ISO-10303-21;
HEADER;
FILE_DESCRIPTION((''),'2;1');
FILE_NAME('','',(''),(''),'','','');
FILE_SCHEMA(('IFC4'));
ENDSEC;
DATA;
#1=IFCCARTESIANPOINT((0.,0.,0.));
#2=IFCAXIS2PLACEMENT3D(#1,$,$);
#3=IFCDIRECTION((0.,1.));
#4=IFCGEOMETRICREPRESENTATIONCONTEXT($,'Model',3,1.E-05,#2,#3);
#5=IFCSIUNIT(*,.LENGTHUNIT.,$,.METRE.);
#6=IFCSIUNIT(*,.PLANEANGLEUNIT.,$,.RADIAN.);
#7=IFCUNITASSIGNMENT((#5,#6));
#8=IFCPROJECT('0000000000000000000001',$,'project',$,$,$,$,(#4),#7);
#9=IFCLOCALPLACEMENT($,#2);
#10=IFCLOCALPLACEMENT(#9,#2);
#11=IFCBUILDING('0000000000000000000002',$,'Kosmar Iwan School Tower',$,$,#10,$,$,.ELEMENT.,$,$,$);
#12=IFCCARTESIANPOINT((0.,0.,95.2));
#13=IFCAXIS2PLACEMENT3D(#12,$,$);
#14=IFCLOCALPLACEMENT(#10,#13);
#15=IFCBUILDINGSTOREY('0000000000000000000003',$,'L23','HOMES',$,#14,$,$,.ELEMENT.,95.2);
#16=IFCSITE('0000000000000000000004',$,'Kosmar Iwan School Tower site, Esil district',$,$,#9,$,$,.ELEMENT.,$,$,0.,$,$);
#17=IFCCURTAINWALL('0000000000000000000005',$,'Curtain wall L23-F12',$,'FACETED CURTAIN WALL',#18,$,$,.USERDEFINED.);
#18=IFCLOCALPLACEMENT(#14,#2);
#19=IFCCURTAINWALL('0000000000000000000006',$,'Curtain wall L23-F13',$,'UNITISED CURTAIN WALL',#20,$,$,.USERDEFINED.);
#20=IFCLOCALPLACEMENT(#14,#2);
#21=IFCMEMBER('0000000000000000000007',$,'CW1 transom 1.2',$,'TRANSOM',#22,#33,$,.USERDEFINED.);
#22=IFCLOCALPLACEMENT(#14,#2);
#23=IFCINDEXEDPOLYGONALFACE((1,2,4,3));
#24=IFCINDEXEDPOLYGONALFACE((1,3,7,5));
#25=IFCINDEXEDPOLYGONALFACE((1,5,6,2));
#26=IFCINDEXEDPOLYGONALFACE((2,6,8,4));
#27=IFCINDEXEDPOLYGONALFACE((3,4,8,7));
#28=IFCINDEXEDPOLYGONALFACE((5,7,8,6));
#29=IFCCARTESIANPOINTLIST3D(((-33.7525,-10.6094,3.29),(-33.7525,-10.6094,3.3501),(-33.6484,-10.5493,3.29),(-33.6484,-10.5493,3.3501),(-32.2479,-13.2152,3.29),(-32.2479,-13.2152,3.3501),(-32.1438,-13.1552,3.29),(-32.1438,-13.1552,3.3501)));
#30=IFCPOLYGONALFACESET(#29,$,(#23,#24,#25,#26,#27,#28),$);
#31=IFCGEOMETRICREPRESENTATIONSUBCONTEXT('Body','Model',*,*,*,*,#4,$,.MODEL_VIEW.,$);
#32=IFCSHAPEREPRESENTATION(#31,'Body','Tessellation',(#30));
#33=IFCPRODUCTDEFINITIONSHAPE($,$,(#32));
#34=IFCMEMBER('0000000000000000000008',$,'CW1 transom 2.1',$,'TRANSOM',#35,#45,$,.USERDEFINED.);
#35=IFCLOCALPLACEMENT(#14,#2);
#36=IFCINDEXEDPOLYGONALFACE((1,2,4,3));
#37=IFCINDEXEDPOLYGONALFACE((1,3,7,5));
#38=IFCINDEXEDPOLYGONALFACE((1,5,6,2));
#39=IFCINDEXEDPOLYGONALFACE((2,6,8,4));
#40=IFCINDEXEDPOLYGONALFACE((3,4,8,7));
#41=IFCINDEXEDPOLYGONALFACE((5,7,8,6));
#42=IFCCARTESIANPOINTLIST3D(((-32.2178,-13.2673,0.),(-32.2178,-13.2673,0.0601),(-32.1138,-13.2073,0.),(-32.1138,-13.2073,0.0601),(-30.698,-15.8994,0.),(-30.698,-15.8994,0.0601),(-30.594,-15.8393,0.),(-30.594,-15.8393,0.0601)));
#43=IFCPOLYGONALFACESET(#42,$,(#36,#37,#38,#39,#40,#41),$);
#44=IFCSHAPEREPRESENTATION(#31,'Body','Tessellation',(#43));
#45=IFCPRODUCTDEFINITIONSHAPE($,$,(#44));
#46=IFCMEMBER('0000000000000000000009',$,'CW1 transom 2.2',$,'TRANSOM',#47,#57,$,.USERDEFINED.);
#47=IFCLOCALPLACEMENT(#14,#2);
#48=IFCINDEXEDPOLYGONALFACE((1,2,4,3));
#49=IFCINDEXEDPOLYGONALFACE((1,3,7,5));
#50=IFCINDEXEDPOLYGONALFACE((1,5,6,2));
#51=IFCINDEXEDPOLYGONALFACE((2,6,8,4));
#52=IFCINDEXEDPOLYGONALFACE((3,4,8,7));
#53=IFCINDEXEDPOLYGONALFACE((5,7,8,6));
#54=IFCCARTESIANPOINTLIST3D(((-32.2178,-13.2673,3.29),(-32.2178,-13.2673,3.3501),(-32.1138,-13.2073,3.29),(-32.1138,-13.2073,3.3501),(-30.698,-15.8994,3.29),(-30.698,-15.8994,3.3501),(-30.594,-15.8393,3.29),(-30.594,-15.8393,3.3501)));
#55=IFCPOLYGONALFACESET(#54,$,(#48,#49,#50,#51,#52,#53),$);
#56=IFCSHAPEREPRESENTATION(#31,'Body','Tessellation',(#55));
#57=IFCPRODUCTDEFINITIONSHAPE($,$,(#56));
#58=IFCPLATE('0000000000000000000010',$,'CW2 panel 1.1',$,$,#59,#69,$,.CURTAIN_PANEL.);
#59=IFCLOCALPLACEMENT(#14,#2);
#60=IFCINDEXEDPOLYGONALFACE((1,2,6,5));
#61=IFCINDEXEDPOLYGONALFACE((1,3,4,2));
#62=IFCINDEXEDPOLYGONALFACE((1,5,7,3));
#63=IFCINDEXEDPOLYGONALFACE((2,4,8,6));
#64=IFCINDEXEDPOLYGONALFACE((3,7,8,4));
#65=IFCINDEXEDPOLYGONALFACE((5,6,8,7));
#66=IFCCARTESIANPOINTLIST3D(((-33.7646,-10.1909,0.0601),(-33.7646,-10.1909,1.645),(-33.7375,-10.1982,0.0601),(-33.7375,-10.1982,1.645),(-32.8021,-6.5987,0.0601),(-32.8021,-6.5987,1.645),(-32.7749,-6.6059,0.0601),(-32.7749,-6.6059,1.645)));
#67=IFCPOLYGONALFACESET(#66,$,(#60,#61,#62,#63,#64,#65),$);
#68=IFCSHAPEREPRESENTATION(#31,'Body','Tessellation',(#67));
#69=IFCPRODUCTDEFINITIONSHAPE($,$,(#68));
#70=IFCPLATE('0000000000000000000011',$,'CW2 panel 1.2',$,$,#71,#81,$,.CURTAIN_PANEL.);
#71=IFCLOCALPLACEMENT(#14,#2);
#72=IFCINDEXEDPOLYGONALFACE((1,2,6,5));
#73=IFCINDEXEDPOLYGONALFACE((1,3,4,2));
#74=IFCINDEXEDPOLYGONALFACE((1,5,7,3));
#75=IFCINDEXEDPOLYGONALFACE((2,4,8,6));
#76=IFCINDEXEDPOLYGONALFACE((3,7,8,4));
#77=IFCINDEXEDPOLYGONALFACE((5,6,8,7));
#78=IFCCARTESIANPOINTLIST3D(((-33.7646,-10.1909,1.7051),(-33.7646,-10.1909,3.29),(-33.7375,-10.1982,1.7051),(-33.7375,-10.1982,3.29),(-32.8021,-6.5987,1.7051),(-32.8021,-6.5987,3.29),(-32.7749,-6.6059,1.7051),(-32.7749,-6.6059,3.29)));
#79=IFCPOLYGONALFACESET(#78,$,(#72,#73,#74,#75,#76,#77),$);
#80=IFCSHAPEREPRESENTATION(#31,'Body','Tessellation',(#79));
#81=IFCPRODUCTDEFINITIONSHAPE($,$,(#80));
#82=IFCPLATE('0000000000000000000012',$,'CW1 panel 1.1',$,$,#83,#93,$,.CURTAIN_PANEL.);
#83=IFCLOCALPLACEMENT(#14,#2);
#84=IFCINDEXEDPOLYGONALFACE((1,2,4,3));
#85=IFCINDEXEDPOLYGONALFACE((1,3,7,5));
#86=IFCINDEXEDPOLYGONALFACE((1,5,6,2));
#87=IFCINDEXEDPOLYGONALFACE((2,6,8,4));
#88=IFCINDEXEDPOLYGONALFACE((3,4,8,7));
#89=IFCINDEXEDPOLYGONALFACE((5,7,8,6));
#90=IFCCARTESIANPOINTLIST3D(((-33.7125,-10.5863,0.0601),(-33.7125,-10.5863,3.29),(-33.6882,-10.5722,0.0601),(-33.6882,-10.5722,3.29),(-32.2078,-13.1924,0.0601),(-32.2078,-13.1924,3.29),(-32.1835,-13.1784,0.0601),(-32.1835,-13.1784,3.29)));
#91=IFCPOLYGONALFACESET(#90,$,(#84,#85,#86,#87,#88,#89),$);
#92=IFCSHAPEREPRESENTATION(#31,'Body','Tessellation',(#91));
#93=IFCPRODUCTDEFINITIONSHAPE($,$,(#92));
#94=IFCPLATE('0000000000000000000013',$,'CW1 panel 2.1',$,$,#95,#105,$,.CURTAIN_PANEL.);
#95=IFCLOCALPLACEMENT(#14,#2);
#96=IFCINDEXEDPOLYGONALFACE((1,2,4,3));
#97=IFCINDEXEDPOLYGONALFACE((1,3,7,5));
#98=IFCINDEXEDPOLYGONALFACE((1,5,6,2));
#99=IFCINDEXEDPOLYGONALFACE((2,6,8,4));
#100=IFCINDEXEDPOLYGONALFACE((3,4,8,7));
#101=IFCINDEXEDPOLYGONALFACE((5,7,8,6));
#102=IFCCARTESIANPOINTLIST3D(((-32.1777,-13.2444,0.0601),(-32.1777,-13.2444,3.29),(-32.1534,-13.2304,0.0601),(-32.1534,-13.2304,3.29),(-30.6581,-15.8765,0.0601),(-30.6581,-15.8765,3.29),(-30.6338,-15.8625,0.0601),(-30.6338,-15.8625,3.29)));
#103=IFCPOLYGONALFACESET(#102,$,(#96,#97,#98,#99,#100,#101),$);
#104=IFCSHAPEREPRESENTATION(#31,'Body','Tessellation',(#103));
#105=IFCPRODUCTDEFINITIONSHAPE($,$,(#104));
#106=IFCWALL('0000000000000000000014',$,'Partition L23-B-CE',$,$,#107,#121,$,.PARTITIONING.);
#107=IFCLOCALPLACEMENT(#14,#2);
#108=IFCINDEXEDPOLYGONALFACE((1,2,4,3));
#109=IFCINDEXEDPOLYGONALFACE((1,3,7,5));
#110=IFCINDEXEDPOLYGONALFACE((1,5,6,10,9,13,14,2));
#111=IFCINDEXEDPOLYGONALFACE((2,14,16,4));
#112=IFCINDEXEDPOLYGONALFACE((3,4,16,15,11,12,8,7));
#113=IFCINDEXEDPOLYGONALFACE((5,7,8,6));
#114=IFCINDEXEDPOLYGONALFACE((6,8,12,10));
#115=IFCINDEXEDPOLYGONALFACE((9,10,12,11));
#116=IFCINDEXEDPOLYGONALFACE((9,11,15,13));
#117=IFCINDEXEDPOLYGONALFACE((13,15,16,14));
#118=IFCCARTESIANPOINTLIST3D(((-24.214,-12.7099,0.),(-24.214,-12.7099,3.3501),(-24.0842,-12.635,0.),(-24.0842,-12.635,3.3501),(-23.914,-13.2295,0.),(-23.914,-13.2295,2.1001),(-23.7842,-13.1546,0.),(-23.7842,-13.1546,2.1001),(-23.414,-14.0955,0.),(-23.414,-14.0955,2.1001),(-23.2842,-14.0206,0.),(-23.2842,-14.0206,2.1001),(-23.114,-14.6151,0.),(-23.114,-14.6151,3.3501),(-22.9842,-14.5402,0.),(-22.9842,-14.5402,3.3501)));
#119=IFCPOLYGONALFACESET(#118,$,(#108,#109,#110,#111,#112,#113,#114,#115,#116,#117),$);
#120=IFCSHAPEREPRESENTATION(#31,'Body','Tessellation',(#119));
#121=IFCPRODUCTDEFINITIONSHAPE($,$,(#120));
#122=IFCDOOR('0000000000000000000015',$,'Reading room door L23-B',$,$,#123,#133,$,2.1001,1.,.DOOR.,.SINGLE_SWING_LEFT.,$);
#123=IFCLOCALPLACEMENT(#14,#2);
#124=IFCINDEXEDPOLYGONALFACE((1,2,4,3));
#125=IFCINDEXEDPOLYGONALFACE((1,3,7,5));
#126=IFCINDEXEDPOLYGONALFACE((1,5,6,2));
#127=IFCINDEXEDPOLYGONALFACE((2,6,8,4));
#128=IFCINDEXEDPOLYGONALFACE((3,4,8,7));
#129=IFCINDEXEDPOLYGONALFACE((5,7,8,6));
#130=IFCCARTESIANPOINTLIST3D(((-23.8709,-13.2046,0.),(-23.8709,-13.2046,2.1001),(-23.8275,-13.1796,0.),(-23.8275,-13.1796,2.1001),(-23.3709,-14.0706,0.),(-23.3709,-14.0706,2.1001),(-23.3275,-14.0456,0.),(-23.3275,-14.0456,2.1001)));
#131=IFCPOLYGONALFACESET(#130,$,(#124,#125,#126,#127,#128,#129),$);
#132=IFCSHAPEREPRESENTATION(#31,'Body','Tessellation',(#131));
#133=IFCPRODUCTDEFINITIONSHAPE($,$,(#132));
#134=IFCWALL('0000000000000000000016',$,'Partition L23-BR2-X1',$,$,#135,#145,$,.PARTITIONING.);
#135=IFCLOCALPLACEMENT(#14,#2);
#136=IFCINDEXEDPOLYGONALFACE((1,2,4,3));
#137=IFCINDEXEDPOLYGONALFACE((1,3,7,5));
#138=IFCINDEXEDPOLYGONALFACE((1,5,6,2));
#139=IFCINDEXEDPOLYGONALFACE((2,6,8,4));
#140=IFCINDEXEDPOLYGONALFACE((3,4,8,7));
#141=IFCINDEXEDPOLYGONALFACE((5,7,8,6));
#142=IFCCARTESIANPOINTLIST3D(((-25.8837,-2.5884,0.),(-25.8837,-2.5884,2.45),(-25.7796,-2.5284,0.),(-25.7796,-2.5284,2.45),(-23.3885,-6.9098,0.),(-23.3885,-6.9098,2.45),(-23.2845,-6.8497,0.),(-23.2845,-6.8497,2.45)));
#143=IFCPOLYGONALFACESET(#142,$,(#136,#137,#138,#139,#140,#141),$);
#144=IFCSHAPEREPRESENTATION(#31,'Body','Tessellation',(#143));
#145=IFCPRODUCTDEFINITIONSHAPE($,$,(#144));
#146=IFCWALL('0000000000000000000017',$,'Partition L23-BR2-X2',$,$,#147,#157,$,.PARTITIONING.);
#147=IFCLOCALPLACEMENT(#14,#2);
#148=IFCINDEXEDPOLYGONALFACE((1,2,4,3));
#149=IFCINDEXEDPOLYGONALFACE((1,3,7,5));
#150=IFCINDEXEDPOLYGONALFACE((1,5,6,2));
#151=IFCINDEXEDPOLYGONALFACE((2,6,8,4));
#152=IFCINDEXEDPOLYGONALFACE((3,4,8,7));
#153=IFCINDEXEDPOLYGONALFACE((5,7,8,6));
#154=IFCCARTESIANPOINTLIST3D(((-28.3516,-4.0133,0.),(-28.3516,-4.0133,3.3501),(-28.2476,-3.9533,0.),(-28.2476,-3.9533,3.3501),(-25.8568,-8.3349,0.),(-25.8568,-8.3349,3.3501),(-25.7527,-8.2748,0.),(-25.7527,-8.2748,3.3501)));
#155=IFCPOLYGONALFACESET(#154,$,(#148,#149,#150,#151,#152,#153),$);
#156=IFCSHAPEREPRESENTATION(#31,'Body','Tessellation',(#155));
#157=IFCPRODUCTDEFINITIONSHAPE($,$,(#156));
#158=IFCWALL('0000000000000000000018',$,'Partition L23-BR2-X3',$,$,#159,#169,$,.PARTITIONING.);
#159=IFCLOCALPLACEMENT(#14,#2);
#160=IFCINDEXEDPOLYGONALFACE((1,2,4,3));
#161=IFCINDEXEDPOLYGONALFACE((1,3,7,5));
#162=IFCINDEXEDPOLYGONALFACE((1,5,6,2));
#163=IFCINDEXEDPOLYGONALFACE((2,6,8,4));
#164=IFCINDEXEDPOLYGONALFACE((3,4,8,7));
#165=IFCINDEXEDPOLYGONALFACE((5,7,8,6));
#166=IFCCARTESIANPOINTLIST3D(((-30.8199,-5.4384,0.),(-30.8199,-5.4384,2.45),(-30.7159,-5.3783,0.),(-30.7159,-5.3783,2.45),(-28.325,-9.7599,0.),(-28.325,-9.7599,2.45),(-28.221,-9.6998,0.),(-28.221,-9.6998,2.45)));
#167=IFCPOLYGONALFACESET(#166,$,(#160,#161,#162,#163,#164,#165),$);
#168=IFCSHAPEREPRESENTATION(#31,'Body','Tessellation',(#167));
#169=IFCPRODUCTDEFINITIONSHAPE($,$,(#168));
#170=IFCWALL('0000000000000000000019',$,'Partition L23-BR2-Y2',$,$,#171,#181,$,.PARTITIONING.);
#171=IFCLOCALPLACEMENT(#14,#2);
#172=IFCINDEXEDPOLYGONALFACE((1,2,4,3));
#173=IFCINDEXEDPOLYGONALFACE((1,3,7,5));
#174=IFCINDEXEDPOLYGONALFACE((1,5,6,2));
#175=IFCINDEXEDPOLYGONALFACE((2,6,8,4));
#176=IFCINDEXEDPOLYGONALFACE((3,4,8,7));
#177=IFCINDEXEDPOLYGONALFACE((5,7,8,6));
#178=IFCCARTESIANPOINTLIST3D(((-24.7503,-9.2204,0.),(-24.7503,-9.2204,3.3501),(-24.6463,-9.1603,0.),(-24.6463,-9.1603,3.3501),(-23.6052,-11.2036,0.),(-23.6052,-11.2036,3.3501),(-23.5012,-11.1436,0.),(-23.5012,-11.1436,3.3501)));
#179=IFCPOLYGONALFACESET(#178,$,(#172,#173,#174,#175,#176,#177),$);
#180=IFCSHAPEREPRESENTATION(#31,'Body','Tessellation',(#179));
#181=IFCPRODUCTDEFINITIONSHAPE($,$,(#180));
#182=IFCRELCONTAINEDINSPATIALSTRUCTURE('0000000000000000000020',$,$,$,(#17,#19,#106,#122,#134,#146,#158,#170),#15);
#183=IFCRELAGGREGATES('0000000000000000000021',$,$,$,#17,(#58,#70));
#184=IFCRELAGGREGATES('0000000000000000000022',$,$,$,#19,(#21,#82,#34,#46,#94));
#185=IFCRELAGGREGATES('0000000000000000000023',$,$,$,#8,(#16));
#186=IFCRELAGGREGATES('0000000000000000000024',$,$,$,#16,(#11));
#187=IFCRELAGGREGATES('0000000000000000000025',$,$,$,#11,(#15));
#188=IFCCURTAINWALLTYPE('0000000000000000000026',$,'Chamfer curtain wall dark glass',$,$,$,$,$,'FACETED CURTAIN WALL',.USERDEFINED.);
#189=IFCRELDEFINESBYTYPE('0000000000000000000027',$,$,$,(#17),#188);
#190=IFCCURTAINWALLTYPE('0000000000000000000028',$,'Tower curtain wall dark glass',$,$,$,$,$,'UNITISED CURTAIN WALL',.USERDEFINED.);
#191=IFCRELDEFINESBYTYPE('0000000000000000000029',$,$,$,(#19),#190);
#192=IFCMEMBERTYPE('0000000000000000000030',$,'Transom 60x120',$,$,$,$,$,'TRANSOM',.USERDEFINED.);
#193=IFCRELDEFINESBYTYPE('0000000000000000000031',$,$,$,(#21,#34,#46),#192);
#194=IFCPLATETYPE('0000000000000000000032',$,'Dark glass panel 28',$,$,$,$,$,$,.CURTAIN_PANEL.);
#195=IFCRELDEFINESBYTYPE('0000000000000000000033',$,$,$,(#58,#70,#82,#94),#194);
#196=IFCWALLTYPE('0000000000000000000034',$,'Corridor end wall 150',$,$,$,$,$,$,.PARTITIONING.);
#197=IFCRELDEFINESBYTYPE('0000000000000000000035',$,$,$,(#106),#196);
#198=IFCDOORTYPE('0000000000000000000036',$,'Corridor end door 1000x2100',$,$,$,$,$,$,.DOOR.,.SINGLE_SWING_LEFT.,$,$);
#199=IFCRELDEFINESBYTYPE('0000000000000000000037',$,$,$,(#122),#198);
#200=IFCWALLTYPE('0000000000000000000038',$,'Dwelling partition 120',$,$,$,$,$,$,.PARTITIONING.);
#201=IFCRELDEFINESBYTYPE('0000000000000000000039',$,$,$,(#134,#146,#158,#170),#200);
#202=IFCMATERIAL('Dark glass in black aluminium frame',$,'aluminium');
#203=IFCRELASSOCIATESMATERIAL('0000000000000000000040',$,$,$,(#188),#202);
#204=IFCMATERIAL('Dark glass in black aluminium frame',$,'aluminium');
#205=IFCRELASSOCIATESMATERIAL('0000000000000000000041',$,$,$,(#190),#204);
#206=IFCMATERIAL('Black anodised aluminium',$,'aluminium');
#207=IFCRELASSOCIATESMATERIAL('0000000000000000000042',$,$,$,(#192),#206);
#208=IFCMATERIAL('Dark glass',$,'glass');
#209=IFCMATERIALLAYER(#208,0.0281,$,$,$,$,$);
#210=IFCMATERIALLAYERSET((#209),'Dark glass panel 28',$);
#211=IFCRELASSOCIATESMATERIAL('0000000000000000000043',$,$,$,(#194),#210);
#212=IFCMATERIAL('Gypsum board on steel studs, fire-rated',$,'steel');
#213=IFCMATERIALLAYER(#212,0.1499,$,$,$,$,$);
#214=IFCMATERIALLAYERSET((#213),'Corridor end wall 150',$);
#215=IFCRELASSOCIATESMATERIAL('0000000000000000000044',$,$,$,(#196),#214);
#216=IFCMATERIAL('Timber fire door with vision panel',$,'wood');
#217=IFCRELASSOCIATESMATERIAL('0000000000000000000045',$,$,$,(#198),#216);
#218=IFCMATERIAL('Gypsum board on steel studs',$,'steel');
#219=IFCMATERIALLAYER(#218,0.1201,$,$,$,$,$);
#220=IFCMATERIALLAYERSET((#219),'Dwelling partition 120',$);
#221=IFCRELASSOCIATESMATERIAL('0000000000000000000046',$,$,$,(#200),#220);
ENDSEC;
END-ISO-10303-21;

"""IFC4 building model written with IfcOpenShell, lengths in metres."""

from ifc_helpers import new_model, si_unit, direction, frame, frame_2d, origin, origin_2d, place, context, subcontext, project, spatial, rectangle, extrude, material, layer, layer_set, material_profile, profile_set, type_object, element, fill, aggregate, save


model = new_model("IFC4")

# Units and contexts
model_context = context("Model", 3, precision=1e-05, world=origin(), true_north=direction((0.0, 1.0)))
body_context = subcontext(model_context, "Body", "Model", "MODEL_VIEW")
ifc_project = project(units=[si_unit("LENGTHUNIT", "METRE"), si_unit("PLANEANGLEUNIT", "RADIAN")], contexts=[model_context])

# Site, building, storey
site_placement = place(None, origin())
site = spatial("IfcSite", under=ifc_project, at=site_placement, Name="Kosmar Iwan School Tower site, Esil district", CompositionType="ELEMENT", RefElevation=0.0)
building_placement = place(site_placement, origin())
building = spatial("IfcBuilding", under=site, at=building_placement, Name="Kosmar Iwan School Tower", CompositionType="ELEMENT")
storey_placement = place(building_placement, frame((0.0, 0.0, 95.2)))
storey = spatial("IfcBuildingStorey", under=building, at=storey_placement, Name="L23", Description="HOMES", CompositionType="ELEMENT", Elevation=95.2)

# Curtain walls
ifc_material_1 = material(Name="Dark glass in black aluminium frame", Category="aluminium")
curtain_wall_type_1 = type_object("IfcCurtainWallType", Name="Chamfer curtain wall dark glass", ElementType="FACETED CURTAIN WALL", PredefinedType="USERDEFINED", material=ifc_material_1)
curtain_wall_1_placement = place(storey_placement, origin())
curtain_wall_1 = element("IfcCurtainWall", 1, at=curtain_wall_1_placement, inside=storey, type_object=curtain_wall_type_1, Name="Curtain wall L23-F12", ObjectType="FACETED CURTAIN WALL", PredefinedType="USERDEFINED")
ifc_material_2 = material(Name="Dark glass in black aluminium frame", Category="aluminium")
curtain_wall_type_2 = type_object("IfcCurtainWallType", Name="Tower curtain wall dark glass", ElementType="UNITISED CURTAIN WALL", PredefinedType="USERDEFINED", material=ifc_material_2)
curtain_wall_2_placement = place(storey_placement, origin())
curtain_wall_2 = element("IfcCurtainWall", 2, at=curtain_wall_2_placement, inside=storey, type_object=curtain_wall_type_2, Name="Curtain wall L23-F13", ObjectType="UNITISED CURTAIN WALL", PredefinedType="USERDEFINED")

# Members
ifc_material_3 = material(Name="Black anodised aluminium", Category="aluminium")
ifc_material_profile_1 = material_profile(ifc_material_3, rectangle(XDim=0.1201, YDim=0.0601, at=origin_2d()), Name="TRANSOM 60x120")
ifc_profile_set_1 = profile_set([ifc_material_profile_1], Name="Black anodised aluminium")
member_type_1 = type_object("IfcMemberType", Name="Transom 60x120", ElementType="TRANSOM", PredefinedType="USERDEFINED", material=ifc_profile_set_1)
member_1_placement = place(storey_placement, frame((-33.7004, -10.5793, 3.3201), z_axis=(0.500022, -0.866013, 0.0), x_axis=(0.866013, 0.500022, 0.0)))
member_1 = element("IfcMember", 3, at=member_1_placement, type_object=member_type_1, Name="CW1 transom 1.2", ObjectType="TRANSOM", PredefinedType="USERDEFINED", context=body_context, shape_type="SweptSolid", body=[
    extrude(rectangle(XDim=0.1201, YDim=0.0601, at=origin_2d()), origin(), (0.0, 0.0, 1.0), 3.009),
])
member_2_placement = place(storey_placement, frame((-32.1658, -13.2373, 0.03), z_axis=(0.500035, -0.866005, 0.0), x_axis=(0.866005, 0.500035, 0.0)))
member_2 = element("IfcMember", 4, at=member_2_placement, type_object=member_type_1, Name="CW1 transom 2.1", ObjectType="TRANSOM", PredefinedType="USERDEFINED", context=body_context, shape_type="SweptSolid", body=[
    extrude(rectangle(XDim=0.1201, YDim=0.0601, at=origin_2d()), origin(), (0.0, 0.0, 1.0), 3.0393),
])
member_3_placement = place(storey_placement, frame((-32.1658, -13.2373, 3.3201), z_axis=(0.500035, -0.866005, 0.0), x_axis=(0.866005, 0.500035, 0.0)))
member_3 = element("IfcMember", 5, at=member_3_placement, type_object=member_type_1, Name="CW1 transom 2.2", ObjectType="TRANSOM", PredefinedType="USERDEFINED", context=body_context, shape_type="SweptSolid", body=[
    extrude(rectangle(XDim=0.1201, YDim=0.0601, at=origin_2d()), origin(), (0.0, 0.0, 1.0), 3.0393),
])

# Plates
ifc_material_4 = material(Name="Dark glass", Category="glass")
ifc_layer_1 = layer(ifc_material_4, 0.0281)
ifc_layer_set_1 = layer_set([ifc_layer_1], Name="Dark glass panel 28")
plate_type = type_object("IfcPlateType", Name="Dark glass panel 28", PredefinedType="CURTAIN_PANEL", material=ifc_layer_set_1)
plate_1_placement = place(storey_placement, frame((-33.2698, -8.3984, 0.0601), z_axis=(0.0, 0.0, 1.0), x_axis=(-0.258819, -0.965926, 0.0)))
plate_1 = element("IfcPlate", 6, at=plate_1_placement, type_object=plate_type, Name="CW2 panel 1.1", PredefinedType="CURTAIN_PANEL", context=body_context, shape_type="SweptSolid", body=[
    extrude(rectangle(XDim=3.719, YDim=0.0281, at=origin_2d()), origin(), (0.0, 0.0, 1.0), 1.585),
])
plate_2_placement = place(storey_placement, frame((-33.2698, -8.3984, 1.7051), z_axis=(0.0, 0.0, 1.0), x_axis=(-0.258819, -0.965926, 0.0)))
plate_2 = element("IfcPlate", 7, at=plate_2_placement, type_object=plate_type, Name="CW2 panel 1.2", PredefinedType="CURTAIN_PANEL", context=body_context, shape_type="SweptSolid", body=[
    extrude(rectangle(XDim=3.719, YDim=0.0281, at=origin_2d()), origin(), (0.0, 0.0, 1.0), 1.585),
])
aggregate(curtain_wall_1, [plate_1, plate_2])
plate_3_placement = place(storey_placement, frame((-32.948, -11.8823, 0.0601), z_axis=(0.0, 0.0, 1.0), x_axis=(0.5, -0.866025, 0.0)))
plate_3 = element("IfcPlate", 8, at=plate_3_placement, type_object=plate_type, Name="CW1 panel 1.1", PredefinedType="CURTAIN_PANEL", context=body_context, shape_type="SweptSolid", body=[
    extrude(rectangle(XDim=3.0093, YDim=0.0281, at=origin_2d()), origin(), (0.0, 0.0, 1.0), 3.23),
])
plate_4_placement = place(storey_placement, frame((-31.4058, -14.5535, 0.0601), z_axis=(0.0, 0.0, 1.0), x_axis=(0.5, -0.866025, 0.0)))
plate_4 = element("IfcPlate", 9, at=plate_4_placement, type_object=plate_type, Name="CW1 panel 2.1", PredefinedType="CURTAIN_PANEL", context=body_context, shape_type="SweptSolid", body=[
    extrude(rectangle(XDim=3.0393, YDim=0.0281, at=origin_2d()), origin(), (0.0, 0.0, 1.0), 3.23),
])
aggregate(curtain_wall_2, [member_1, plate_3, member_2, member_3, plate_4])

# Wall, opening, door
ifc_material_5 = material(Name="Gypsum board on steel studs, fire-rated", Category="steel")
ifc_layer_2 = layer(ifc_material_5, 0.1499)
ifc_layer_set_2 = layer_set([ifc_layer_2], Name="Corridor end wall 150")
wall_type_1 = type_object("IfcWallType", Name="Corridor end wall 150", PredefinedType="PARTITIONING", material=ifc_layer_set_2)
wall_1_placement = place(storey_placement, frame((-24.1492, -12.6724, 0.0), z_axis=(0.0, 0.0, 1.0), x_axis=(0.50003, -0.866008, 0.0)))
wall_1 = element("IfcWall", 10, at=wall_1_placement, inside=storey, type_object=wall_type_1, Name="Partition L23-B-CE", PredefinedType="PARTITIONING", context=body_context, shape_type="SweptSolid", body=[
    extrude(rectangle(XDim=2.2, YDim=0.1499, at=frame_2d((1.1001, 0.0))), origin(), (0.0, 0.0, 1.0), 3.3501),
])
opening_placement = place(wall_1_placement, frame((0.6001, 0.0, 0.0)))
opening = element("IfcOpeningElement", 11, at=opening_placement, cuts=wall_1, PredefinedType="OPENING", context=body_context, shape_type="SweptSolid", body=[
    extrude(rectangle(XDim=1.0, YDim=2.1001, at=frame_2d((0.5, 1.05))), frame((0.0, 0.0869, 0.0), z_axis=(0.0, -1.0, 0.0), x_axis=(1.0, 0.0, 0.0)), (0.0, 0.0, 1.0), 0.1738),
])
ifc_material_6 = material(Name="Timber fire door with vision panel", Category="wood")
door_type = type_object("IfcDoorType", Name="Corridor end door 1000x2100", OperationType="SINGLE_SWING_LEFT", PredefinedType="DOOR", material=ifc_material_6)
door_placement = place(opening_placement, origin())
door = element("IfcDoor", 12, at=door_placement, inside=storey, type_object=door_type, Name="Reading room door L23-B", OperationType="SINGLE_SWING_LEFT", OverallHeight=2.1001, OverallWidth=1.0, PredefinedType="DOOR", context=body_context, shape_type="SweptSolid", body=[
    extrude(rectangle(XDim=1.0, YDim=2.1001, at=frame_2d((0.5, 1.05))), frame((0.0, 0.0249, 0.0), z_axis=(0.0, -1.0, 0.0), x_axis=(1.0, 0.0, 0.0)), (0.0, 0.0, 1.0), 0.05),
])
fill(opening, door)

# Walls
ifc_material_7 = material(Name="Gypsum board on steel studs", Category="steel")
ifc_layer_3 = layer(ifc_material_7, 0.1201)
ifc_layer_set_3 = layer_set([ifc_layer_3], Name="Dwelling partition 120")
wall_type_2 = type_object("IfcWallType", Name="Dwelling partition 120", PredefinedType="PARTITIONING", material=ifc_layer_set_3)
wall_2_placement = place(storey_placement, frame((-23.3364, -6.8799, 0.0), z_axis=(0.0, 0.0, 1.0), x_axis=(-0.500033, 0.866006, 0.0)))
element("IfcWall", 13, at=wall_2_placement, inside=storey, type_object=wall_type_2, Name="Partition L23-BR2-X1", PredefinedType="PARTITIONING", context=body_context, shape_type="SweptSolid", body=[
    extrude(rectangle(XDim=4.99, YDim=0.1201, at=frame_2d((2.4951, 0.0))), origin(), (0.0, 0.0, 1.0), 2.45),
])
wall_3_placement = place(storey_placement, frame((-25.8047, -8.3049, 0.0), z_axis=(0.0, 0.0, 1.0), x_axis=(-0.499975, 0.86604, 0.0)))
element("IfcWall", 14, at=wall_3_placement, inside=storey, type_object=wall_type_2, Name="Partition L23-BR2-X2", PredefinedType="PARTITIONING", context=body_context, shape_type="SweptSolid", body=[
    extrude(rectangle(XDim=4.99, YDim=0.1201, at=frame_2d((2.4951, 0.0))), origin(), (0.0, 0.0, 1.0), 3.3501),
])
wall_4_placement = place(storey_placement, frame((-28.2729, -9.73, 0.0), z_axis=(0.0, 0.0, 1.0), x_axis=(-0.499975, 0.86604, 0.0)))
element("IfcWall", 15, at=wall_4_placement, inside=storey, type_object=wall_type_2, Name="Partition L23-BR2-X3", PredefinedType="PARTITIONING", context=body_context, shape_type="SweptSolid", body=[
    extrude(rectangle(XDim=4.99, YDim=0.1201, at=frame_2d((2.4951, 0.0))), origin(), (0.0, 0.0, 1.0), 2.45),
])
for number, where, z_axis, x_axis, name in (
    (16, (-23.5532, -11.1736, 0.0), (0.0, 0.0, 1.0), (-0.500015, 0.866017, 0.0), "Partition L23-BR2-Y2"),
):
    element("IfcWall", number, at=place(storey_placement, frame(where, z_axis=z_axis, x_axis=x_axis)), inside=storey, type_object=wall_type_2, Name=name, PredefinedType="PARTITIONING", context=body_context, shape_type="SweptSolid", body=[
        extrude(rectangle(XDim=2.29, YDim=0.1201, at=frame_2d((1.145, 0.0))), origin(), (0.0, 0.0, 1.0), 3.3501),
    ])

save(model, "model.ifc")
